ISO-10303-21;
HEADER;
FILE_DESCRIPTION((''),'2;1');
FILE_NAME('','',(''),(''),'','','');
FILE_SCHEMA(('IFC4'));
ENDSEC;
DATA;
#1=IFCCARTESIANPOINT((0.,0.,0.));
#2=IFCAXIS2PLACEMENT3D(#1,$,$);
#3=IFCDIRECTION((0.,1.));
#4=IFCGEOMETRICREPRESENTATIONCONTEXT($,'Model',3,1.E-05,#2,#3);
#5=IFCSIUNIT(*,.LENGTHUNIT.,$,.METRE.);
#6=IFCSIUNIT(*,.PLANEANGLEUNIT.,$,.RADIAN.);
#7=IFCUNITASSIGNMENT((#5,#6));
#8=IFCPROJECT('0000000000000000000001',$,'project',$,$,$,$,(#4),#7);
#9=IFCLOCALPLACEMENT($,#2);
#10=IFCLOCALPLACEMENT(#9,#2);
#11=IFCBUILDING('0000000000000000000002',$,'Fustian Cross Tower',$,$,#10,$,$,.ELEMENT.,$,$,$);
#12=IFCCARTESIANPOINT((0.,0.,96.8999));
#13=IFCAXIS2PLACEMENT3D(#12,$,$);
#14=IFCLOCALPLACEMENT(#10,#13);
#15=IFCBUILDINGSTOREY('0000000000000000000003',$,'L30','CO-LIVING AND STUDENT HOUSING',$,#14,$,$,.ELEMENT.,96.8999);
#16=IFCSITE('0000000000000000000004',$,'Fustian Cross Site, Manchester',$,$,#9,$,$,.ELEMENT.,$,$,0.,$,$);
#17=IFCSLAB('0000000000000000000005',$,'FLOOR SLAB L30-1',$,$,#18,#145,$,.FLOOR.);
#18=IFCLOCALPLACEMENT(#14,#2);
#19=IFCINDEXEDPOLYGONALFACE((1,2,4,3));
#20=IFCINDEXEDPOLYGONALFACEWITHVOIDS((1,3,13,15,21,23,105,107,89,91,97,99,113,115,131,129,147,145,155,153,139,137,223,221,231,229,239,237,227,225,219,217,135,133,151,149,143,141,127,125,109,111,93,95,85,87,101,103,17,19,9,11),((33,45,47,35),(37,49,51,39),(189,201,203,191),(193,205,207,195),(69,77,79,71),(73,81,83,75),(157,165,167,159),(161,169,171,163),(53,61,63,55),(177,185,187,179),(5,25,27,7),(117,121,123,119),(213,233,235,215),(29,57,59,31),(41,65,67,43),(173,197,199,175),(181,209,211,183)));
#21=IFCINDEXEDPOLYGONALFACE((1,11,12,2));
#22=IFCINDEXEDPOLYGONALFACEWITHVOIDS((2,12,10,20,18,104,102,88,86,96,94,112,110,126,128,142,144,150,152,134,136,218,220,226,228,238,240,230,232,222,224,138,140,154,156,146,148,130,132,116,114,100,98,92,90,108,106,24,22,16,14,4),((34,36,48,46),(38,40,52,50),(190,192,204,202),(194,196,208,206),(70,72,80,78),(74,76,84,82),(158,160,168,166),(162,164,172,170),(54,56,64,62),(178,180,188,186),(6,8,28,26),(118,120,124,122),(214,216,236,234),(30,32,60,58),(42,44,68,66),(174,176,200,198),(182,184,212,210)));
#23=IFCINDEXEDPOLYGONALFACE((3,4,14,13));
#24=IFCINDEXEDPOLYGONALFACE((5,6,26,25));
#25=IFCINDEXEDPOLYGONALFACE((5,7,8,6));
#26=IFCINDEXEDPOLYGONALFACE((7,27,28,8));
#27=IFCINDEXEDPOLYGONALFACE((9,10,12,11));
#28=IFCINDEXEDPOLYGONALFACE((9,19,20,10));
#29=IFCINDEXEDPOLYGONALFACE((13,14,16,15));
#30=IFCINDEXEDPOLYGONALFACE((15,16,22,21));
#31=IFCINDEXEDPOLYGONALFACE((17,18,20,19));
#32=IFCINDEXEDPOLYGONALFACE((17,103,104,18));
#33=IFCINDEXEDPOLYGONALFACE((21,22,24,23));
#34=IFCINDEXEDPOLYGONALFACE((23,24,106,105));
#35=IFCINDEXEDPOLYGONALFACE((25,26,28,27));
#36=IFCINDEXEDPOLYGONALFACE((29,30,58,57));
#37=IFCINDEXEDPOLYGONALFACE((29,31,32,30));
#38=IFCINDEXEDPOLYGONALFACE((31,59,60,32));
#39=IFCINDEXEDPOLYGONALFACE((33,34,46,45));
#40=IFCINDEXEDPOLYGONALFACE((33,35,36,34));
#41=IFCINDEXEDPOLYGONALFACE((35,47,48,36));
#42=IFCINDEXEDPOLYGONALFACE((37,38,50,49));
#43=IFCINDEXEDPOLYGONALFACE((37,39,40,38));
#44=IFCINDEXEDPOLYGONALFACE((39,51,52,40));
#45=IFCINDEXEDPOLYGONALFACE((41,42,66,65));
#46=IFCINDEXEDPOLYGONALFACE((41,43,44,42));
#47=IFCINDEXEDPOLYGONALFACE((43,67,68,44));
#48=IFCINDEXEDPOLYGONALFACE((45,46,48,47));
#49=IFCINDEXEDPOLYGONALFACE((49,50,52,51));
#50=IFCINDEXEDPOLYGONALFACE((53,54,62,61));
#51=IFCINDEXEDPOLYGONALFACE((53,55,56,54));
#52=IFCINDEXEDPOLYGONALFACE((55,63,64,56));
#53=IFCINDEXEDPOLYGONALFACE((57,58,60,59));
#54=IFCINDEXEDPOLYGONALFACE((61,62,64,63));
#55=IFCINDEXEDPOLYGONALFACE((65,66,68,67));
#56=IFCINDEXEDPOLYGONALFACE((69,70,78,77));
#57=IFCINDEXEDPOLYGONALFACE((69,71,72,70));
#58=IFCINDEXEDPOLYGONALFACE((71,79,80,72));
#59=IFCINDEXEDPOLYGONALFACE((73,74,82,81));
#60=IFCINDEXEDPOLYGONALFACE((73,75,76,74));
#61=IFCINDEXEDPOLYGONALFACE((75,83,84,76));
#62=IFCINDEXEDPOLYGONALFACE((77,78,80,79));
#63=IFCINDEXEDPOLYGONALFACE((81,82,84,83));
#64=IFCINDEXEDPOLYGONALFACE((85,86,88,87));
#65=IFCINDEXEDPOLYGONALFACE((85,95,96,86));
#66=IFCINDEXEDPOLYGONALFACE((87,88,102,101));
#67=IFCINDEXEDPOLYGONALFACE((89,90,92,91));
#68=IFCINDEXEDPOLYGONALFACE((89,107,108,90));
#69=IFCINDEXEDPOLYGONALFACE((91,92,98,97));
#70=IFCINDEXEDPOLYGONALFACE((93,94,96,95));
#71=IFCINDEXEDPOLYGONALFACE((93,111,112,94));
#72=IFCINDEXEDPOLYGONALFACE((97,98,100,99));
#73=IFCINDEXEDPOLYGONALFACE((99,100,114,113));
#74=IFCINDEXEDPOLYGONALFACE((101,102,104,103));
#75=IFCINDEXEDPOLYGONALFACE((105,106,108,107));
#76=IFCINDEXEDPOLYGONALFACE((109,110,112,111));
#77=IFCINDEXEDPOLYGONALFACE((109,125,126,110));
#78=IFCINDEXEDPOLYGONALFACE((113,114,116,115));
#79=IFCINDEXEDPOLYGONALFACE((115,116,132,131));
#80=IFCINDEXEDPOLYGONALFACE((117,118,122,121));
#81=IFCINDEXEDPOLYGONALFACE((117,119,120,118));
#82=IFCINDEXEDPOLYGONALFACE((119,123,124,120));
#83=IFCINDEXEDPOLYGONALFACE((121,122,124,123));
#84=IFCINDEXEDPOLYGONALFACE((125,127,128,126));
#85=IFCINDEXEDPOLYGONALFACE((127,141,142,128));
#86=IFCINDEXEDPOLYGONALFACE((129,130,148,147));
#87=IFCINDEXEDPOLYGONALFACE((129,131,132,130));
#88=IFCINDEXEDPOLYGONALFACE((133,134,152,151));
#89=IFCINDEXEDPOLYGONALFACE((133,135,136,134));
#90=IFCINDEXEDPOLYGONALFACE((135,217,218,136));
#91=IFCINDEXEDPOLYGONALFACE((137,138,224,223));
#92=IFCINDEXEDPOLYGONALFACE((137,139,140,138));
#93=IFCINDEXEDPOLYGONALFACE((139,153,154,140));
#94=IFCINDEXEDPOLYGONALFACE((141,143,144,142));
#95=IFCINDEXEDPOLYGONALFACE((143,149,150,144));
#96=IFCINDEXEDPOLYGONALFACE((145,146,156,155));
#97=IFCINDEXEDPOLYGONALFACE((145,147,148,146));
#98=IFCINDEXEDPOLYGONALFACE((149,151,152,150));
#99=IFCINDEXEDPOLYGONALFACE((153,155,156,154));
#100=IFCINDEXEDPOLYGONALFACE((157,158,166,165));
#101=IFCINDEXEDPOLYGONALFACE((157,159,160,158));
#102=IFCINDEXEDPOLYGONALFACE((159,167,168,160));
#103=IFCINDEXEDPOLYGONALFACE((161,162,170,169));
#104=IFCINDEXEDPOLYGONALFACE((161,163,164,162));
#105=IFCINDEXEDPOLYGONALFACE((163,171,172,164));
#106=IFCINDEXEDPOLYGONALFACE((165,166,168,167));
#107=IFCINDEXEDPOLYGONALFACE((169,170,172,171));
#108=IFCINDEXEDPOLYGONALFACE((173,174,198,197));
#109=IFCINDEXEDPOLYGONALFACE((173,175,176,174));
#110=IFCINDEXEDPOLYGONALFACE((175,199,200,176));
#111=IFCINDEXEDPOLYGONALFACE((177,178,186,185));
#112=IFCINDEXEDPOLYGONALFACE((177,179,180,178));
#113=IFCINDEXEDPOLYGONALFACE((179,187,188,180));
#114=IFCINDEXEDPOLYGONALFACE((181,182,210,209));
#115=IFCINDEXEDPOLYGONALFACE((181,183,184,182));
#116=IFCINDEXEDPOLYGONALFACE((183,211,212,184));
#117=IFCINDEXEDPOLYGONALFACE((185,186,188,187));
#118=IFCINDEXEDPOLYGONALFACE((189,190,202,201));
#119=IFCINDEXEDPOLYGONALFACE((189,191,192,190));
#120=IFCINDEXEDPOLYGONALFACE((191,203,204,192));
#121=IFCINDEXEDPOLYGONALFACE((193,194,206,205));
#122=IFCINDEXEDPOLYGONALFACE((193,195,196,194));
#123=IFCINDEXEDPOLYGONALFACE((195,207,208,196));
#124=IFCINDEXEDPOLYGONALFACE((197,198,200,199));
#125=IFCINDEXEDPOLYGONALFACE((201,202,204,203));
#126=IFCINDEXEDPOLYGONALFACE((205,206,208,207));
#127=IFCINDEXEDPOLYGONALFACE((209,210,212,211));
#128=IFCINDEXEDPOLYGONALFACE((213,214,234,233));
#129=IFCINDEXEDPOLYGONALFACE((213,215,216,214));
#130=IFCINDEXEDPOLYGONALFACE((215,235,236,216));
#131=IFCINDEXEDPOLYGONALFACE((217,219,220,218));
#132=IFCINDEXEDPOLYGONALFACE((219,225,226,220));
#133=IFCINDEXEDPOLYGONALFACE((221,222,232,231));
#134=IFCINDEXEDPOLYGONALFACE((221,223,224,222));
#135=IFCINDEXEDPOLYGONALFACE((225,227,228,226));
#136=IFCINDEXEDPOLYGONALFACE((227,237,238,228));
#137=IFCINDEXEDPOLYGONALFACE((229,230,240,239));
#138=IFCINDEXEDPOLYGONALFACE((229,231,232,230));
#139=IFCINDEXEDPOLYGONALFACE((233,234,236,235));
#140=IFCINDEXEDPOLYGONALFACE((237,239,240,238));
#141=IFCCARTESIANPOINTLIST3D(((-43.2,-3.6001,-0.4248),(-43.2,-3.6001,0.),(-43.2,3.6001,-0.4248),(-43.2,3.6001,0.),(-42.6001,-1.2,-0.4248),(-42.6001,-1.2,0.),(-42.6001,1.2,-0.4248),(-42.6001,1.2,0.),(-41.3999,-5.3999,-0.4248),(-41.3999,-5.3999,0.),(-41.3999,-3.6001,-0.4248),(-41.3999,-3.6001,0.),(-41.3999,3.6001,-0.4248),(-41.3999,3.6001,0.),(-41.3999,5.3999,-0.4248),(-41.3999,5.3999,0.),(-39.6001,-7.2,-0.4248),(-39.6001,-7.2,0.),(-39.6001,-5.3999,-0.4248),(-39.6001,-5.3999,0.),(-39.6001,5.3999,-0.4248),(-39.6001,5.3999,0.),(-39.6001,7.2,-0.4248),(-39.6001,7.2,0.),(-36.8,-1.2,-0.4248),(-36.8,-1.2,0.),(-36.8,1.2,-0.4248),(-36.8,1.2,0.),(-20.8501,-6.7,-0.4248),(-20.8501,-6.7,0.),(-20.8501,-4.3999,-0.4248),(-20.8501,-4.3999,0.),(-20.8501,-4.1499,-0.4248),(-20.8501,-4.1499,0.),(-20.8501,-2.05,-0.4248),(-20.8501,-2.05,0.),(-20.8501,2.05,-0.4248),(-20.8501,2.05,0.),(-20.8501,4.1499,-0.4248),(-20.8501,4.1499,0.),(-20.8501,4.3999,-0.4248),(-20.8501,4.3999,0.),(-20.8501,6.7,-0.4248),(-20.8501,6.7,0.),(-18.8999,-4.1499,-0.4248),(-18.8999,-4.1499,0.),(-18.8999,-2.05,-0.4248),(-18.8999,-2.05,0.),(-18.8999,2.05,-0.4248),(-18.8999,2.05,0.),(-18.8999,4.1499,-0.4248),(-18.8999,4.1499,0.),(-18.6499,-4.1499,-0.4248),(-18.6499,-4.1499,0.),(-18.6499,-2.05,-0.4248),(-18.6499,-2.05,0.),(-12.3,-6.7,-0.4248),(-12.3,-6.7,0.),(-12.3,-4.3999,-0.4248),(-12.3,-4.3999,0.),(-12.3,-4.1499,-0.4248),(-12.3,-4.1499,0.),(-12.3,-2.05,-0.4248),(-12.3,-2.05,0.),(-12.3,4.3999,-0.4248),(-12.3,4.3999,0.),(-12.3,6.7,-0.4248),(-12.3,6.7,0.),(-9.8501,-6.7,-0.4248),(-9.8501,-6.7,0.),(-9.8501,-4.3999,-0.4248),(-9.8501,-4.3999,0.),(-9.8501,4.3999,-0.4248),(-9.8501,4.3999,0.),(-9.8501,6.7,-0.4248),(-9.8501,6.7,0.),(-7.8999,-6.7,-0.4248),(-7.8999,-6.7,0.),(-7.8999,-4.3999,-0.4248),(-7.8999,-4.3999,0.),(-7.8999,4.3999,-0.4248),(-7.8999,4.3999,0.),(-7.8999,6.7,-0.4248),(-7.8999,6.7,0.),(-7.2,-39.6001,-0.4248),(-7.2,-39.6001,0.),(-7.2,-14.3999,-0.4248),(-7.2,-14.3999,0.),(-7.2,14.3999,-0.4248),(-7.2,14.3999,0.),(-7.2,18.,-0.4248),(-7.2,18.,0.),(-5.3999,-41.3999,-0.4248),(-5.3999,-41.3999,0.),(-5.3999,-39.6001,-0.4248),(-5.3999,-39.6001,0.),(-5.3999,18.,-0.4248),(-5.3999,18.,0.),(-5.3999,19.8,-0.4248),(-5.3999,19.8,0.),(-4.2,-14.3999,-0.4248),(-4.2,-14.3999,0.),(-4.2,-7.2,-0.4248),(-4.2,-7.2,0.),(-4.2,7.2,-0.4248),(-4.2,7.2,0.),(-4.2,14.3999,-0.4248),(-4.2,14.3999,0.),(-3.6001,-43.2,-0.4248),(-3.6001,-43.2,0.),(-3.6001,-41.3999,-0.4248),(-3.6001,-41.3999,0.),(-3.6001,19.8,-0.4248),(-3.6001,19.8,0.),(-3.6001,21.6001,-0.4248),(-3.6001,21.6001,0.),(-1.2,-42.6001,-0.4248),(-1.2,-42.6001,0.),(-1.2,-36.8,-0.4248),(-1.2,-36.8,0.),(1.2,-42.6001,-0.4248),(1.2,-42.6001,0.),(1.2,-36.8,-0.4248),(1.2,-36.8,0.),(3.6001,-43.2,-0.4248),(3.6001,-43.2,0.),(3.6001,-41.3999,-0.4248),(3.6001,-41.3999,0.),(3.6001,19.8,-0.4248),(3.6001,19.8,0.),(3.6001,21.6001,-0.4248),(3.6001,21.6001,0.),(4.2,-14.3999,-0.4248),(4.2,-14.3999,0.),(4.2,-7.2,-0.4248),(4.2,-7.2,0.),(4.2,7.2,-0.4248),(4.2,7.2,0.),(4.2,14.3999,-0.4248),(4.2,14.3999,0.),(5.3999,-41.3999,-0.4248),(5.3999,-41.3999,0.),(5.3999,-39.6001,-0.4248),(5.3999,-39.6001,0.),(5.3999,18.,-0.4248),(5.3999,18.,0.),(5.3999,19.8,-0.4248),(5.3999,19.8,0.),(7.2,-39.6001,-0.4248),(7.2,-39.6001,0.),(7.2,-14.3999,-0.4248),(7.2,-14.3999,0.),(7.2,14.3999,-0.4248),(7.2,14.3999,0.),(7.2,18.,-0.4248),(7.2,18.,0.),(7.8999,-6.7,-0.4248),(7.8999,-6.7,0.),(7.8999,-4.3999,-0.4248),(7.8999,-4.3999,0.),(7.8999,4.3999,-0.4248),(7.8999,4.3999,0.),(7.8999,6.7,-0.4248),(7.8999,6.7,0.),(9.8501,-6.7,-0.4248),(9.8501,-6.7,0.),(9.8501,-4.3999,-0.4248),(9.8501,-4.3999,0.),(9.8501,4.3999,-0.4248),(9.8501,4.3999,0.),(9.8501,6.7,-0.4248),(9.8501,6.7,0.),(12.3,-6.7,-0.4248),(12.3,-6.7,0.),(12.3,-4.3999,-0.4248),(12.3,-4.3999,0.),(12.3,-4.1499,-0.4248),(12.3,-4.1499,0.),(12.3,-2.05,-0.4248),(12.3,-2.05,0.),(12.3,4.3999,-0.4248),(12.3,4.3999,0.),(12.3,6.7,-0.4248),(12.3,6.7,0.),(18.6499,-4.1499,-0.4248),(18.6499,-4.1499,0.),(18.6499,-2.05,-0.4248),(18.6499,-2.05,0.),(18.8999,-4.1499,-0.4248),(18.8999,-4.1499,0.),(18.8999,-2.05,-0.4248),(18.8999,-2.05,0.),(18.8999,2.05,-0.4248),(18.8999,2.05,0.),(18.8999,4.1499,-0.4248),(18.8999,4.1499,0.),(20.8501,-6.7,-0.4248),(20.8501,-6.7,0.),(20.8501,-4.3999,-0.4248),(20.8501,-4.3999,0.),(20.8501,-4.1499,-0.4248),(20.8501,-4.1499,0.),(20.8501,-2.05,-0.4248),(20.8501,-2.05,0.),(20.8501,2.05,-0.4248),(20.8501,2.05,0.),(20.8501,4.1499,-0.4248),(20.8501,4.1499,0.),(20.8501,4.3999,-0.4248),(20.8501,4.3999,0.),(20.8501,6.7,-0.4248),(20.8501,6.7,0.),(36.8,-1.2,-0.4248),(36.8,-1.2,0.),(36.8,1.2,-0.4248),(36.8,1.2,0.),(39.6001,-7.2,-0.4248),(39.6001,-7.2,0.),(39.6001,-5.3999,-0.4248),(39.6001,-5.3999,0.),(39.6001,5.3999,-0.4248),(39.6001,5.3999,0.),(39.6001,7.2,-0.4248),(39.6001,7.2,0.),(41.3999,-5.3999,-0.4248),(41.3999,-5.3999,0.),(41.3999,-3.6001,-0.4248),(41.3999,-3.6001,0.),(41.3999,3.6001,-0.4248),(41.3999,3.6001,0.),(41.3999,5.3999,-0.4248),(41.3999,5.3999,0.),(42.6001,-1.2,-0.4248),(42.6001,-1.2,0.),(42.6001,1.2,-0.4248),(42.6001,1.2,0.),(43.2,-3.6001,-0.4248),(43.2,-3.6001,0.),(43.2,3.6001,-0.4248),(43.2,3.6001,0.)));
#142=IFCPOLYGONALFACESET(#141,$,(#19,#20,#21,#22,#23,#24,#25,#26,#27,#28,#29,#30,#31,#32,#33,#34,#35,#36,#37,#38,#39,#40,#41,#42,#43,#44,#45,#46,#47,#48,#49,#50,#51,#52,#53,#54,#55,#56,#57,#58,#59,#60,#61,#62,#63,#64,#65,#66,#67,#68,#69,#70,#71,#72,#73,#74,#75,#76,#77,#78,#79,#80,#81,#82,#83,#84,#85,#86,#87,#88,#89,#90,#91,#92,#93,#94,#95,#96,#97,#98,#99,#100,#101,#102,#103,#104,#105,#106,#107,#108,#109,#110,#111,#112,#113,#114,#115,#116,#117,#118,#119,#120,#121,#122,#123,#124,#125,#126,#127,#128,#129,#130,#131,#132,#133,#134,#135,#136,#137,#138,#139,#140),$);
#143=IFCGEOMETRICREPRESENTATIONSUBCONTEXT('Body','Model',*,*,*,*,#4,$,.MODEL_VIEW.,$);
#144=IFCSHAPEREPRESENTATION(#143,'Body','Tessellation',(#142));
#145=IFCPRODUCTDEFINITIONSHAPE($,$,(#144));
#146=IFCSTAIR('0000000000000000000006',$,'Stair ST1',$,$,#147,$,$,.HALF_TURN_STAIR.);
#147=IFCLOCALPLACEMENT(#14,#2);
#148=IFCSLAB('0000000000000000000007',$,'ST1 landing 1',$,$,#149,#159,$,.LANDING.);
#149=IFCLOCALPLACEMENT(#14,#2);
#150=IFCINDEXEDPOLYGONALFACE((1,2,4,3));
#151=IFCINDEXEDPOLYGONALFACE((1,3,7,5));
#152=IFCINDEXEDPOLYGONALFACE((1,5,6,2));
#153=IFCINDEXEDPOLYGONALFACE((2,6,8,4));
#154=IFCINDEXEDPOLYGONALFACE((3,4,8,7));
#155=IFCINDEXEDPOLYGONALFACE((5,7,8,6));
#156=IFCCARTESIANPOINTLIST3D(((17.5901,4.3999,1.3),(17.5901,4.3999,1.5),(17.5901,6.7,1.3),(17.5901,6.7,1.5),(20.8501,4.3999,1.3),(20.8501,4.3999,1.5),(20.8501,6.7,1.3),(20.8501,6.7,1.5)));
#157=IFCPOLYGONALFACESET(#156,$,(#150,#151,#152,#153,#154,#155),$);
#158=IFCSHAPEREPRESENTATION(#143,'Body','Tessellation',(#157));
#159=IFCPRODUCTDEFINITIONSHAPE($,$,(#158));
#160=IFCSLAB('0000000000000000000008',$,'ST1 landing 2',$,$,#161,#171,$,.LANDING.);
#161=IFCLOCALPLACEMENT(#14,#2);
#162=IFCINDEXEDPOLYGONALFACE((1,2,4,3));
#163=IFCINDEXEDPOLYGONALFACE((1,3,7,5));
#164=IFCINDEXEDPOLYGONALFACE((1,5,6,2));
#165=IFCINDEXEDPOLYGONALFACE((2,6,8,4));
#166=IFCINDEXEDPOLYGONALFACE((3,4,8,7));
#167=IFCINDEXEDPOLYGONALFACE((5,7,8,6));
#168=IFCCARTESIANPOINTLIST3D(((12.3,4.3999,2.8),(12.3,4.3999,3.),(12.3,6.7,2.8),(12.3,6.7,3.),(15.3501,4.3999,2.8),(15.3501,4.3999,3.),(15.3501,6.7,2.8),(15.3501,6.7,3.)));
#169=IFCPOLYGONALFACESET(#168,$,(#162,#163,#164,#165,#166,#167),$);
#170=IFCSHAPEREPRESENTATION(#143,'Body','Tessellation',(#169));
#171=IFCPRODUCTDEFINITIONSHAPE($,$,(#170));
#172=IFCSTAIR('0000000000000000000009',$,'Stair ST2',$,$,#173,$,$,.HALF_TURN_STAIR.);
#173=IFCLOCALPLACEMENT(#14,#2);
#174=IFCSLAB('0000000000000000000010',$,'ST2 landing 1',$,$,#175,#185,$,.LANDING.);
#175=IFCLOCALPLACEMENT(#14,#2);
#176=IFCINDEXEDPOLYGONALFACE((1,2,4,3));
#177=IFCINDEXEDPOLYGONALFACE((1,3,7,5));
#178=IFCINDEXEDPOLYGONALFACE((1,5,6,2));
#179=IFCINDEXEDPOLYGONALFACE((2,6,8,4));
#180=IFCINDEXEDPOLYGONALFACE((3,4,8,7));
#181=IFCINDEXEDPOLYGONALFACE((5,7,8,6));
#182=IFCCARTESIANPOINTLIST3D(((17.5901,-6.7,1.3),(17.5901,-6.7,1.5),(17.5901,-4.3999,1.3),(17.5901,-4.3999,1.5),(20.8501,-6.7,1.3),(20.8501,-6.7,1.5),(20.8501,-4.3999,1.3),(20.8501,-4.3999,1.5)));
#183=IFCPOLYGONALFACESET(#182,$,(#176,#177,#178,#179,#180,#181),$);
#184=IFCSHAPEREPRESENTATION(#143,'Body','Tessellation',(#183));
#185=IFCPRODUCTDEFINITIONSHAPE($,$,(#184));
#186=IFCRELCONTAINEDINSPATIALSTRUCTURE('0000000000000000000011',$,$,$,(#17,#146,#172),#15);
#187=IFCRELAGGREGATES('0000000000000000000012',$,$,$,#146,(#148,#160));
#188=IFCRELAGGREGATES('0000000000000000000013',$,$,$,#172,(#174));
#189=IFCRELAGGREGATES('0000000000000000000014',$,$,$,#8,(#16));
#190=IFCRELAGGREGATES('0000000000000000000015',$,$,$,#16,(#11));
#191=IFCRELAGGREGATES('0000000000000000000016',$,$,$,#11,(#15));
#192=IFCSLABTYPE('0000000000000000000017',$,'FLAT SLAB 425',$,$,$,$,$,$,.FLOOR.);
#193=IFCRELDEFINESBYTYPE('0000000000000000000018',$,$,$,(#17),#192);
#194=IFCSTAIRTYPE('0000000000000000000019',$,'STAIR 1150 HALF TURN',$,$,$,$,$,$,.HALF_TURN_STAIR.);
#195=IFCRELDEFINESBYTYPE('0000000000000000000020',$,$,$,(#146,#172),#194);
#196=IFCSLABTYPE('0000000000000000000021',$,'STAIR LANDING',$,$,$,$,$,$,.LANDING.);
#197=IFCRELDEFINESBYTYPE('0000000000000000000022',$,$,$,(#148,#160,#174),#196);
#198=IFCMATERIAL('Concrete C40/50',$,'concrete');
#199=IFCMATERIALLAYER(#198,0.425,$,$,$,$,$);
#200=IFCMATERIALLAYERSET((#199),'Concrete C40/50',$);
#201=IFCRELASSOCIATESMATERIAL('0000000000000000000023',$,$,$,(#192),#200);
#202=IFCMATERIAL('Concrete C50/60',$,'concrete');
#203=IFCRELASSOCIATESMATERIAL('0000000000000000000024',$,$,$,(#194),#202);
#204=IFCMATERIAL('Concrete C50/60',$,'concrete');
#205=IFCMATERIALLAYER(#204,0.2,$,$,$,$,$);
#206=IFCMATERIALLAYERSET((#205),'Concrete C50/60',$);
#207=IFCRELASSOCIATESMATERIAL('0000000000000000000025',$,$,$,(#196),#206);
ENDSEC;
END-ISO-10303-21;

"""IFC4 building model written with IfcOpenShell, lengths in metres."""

from ifc_helpers import new_model, si_unit, direction, frame, origin, place, context, subcontext, project, spatial, polyline, outline, extrude, material, layer, layer_set, type_object, element, aggregate, save


model = new_model("IFC4")

# Units and contexts
model_context = context("Model", 3, precision=1e-05, world=origin(), true_north=direction((0.0, 1.0)))
body_context = subcontext(model_context, "Body", "Model", "MODEL_VIEW")
ifc_project = project(units=[si_unit("LENGTHUNIT", "METRE"), si_unit("PLANEANGLEUNIT", "RADIAN")], contexts=[model_context])

# Site, building, storey
site_placement = place(None, origin())
site = spatial("IfcSite", under=ifc_project, at=site_placement, Name="Fustian Cross Site, Manchester", CompositionType="ELEMENT", RefElevation=0.0)
building_placement = place(site_placement, origin())
building = spatial("IfcBuilding", under=site, at=building_placement, Name="Fustian Cross Tower", CompositionType="ELEMENT")
storey_placement = place(building_placement, frame((0.0, 0.0, 96.8999)))
storey = spatial("IfcBuildingStorey", under=building, at=storey_placement, Name="L30", Description="CO-LIVING AND STUDENT HOUSING", CompositionType="ELEMENT", Elevation=96.8999)

# Slab
ifc_material_1 = material(Name="Concrete C40/50", Category="concrete")
ifc_layer_1 = layer(ifc_material_1, 0.425)
ifc_layer_set_1 = layer_set([ifc_layer_1], Name="Concrete C40/50")
slab_type_1 = type_object("IfcSlabType", Name="FLAT SLAB 425", PredefinedType="FLOOR", material=ifc_layer_set_1)
slab_1_placement = place(storey_placement, frame((0.0, 0.0, -0.4248)))
element("IfcSlab", 1, at=slab_1_placement, inside=storey, type_object=slab_type_1, Name="FLOOR SLAB L30-1", PredefinedType="FLOOR", context=body_context, shape_type="SweptSolid", body=[
    extrude(outline(polyline([(-4.2, -7.2), (-39.6001, -7.2), (-39.6001, -5.3999), (-41.3999, -5.3999), (-41.3999, -3.6001), (-43.2, -3.6001), (-43.2, 3.6001), (-41.3999, 3.6001), (-41.3999, 5.3999), (-39.6001, 5.3999), (-39.6001, 7.2), (-4.2, 7.2), (-4.2, 14.3999), (-7.2, 14.3999), (-7.2, 18.0), (-5.3999, 18.0), (-5.3999, 19.8), (-3.6001, 19.8), (-3.6001, 21.6001), (3.6001, 21.6001), (3.6001, 19.8), (5.3999, 19.8), (5.3999, 18.0), (7.2, 18.0), (7.2, 14.3999), (4.2, 14.3999), (4.2, 7.2), (39.6001, 7.2), (39.6001, 5.3999), (41.3999, 5.3999), (41.3999, 3.6001), (43.2, 3.6001), (43.2, -3.6001), (41.3999, -3.6001), (41.3999, -5.3999), (39.6001, -5.3999), (39.6001, -7.2), (4.2, -7.2), (4.2, -14.3999), (7.2, -14.3999), (7.2, -39.6001), (5.3999, -39.6001), (5.3999, -41.3999), (3.6001, -41.3999), (3.6001, -43.2), (-3.6001, -43.2), (-3.6001, -41.3999), (-5.3999, -41.3999), (-5.3999, -39.6001), (-7.2, -39.6001), (-7.2, -14.3999), (-4.2, -14.3999), (-4.2, -7.2)]), holes=[polyline([(20.8501, -2.05), (18.8999, -2.05), (18.8999, -4.1499), (20.8501, -4.1499), (20.8501, -2.05)]), polyline([(20.8501, 2.05), (20.8501, 4.1499), (18.8999, 4.1499), (18.8999, 2.05), (20.8501, 2.05)]), polyline([(7.8999, 4.3999), (9.8501, 4.3999), (9.8501, 6.7), (7.8999, 6.7), (7.8999, 4.3999)]), polyline([(7.8999, -4.3999), (7.8999, -6.7), (9.8501, -6.7), (9.8501, -4.3999), (7.8999, -4.3999)]), polyline([(-18.8999, -2.05), (-20.8501, -2.05), (-20.8501, -4.1499), (-18.8999, -4.1499), (-18.8999, -2.05)]), polyline([(-18.8999, 2.05), (-18.8999, 4.1499), (-20.8501, 4.1499), (-20.8501, 2.05), (-18.8999, 2.05)]), polyline([(-9.8501, 4.3999), (-7.8999, 4.3999), (-7.8999, 6.7), (-9.8501, 6.7), (-9.8501, 4.3999)]), polyline([(-9.8501, -4.3999), (-9.8501, -6.7), (-7.8999, -6.7), (-7.8999, -4.3999), (-9.8501, -4.3999)]), polyline([(18.6499, -2.05), (12.3, -2.05), (12.3, -4.1499), (18.6499, -4.1499), (18.6499, -2.05)]), polyline([(-12.3, -4.1499), (-12.3, -2.05), (-18.6499, -2.05), (-18.6499, -4.1499), (-12.3, -4.1499)]), polyline([(12.3, 4.3999), (20.8501, 4.3999), (20.8501, 6.7), (12.3, 6.7), (12.3, 4.3999)]), polyline([(12.3, -4.3999), (12.3, -6.7), (20.8501, -6.7), (20.8501, -4.3999), (12.3, -4.3999)]), polyline([(-12.3, 6.7), (-20.8501, 6.7), (-20.8501, 4.3999), (-12.3, 4.3999), (-12.3, 6.7)]), polyline([(-12.3, -6.7), (-12.3, -4.3999), (-20.8501, -4.3999), (-20.8501, -6.7), (-12.3, -6.7)]), polyline([(-1.2, -42.6001), (1.2, -42.6001), (1.2, -36.8), (-1.2, -36.8), (-1.2, -42.6001)]), polyline([(36.8, 1.2), (36.8, -1.2), (42.6001, -1.2), (42.6001, 1.2), (36.8, 1.2)]), polyline([(-36.8, 1.2), (-42.6001, 1.2), (-42.6001, -1.2), (-36.8, -1.2), (-36.8, 1.2)])]), origin(), (0.0, 0.0, 1.0), 0.4248),
])

# Stairs, slabs
ifc_material_2 = material(Name="Concrete C50/60", Category="concrete")
stair_type = type_object("IfcStairType", Name="STAIR 1150 HALF TURN", PredefinedType="HALF_TURN_STAIR", material=ifc_material_2)
stair_1_placement = place(storey_placement, origin())
stair_1 = element("IfcStair", 2, at=stair_1_placement, inside=storey, type_object=stair_type, Name="Stair ST1", PredefinedType="HALF_TURN_STAIR")
ifc_material_3 = material(Name="Concrete C50/60", Category="concrete")
ifc_layer_2 = layer(ifc_material_3, 0.2)
ifc_layer_set_2 = layer_set([ifc_layer_2], Name="Concrete C50/60")
slab_type_2 = type_object("IfcSlabType", Name="STAIR LANDING", PredefinedType="LANDING", material=ifc_layer_set_2)
slab_2_placement = place(storey_placement, frame((0.0, 0.0, 1.3)))
slab_2 = element("IfcSlab", 3, at=slab_2_placement, type_object=slab_type_2, Name="ST1 landing 1", PredefinedType="LANDING", context=body_context, shape_type="SweptSolid", body=[
    extrude(outline(polyline([(17.5901, 4.3999), (20.8501, 4.3999), (20.8501, 6.7), (17.5901, 6.7), (17.5901, 4.3999)])), origin(), (0.0, 0.0, 1.0), 0.2),
])
slab_3_placement = place(storey_placement, frame((0.0, 0.0, 2.8)))
slab_3 = element("IfcSlab", 4, at=slab_3_placement, type_object=slab_type_2, Name="ST1 landing 2", PredefinedType="LANDING", context=body_context, shape_type="SweptSolid", body=[
    extrude(outline(polyline([(12.3, 4.3999), (15.3501, 4.3999), (15.3501, 6.7), (12.3, 6.7), (12.3, 4.3999)])), origin(), (0.0, 0.0, 1.0), 0.2),
])
aggregate(stair_1, [slab_2, slab_3])
stair_2_placement = place(storey_placement, origin())
stair_2 = element("IfcStair", 5, at=stair_2_placement, inside=storey, type_object=stair_type, Name="Stair ST2", PredefinedType="HALF_TURN_STAIR")
slab_4_placement = place(storey_placement, frame((0.0, 0.0, 1.3)))
slab_4 = element("IfcSlab", 6, at=slab_4_placement, type_object=slab_type_2, Name="ST2 landing 1", PredefinedType="LANDING", context=body_context, shape_type="SweptSolid", body=[
    extrude(outline(polyline([(17.5901, -4.3999), (20.8501, -4.3999), (20.8501, -6.7), (17.5901, -6.7), (17.5901, -4.3999)])), origin(), (0.0, 0.0, 1.0), 0.2),
])
aggregate(stair_2, [slab_4])

save(model, "model.ifc")
